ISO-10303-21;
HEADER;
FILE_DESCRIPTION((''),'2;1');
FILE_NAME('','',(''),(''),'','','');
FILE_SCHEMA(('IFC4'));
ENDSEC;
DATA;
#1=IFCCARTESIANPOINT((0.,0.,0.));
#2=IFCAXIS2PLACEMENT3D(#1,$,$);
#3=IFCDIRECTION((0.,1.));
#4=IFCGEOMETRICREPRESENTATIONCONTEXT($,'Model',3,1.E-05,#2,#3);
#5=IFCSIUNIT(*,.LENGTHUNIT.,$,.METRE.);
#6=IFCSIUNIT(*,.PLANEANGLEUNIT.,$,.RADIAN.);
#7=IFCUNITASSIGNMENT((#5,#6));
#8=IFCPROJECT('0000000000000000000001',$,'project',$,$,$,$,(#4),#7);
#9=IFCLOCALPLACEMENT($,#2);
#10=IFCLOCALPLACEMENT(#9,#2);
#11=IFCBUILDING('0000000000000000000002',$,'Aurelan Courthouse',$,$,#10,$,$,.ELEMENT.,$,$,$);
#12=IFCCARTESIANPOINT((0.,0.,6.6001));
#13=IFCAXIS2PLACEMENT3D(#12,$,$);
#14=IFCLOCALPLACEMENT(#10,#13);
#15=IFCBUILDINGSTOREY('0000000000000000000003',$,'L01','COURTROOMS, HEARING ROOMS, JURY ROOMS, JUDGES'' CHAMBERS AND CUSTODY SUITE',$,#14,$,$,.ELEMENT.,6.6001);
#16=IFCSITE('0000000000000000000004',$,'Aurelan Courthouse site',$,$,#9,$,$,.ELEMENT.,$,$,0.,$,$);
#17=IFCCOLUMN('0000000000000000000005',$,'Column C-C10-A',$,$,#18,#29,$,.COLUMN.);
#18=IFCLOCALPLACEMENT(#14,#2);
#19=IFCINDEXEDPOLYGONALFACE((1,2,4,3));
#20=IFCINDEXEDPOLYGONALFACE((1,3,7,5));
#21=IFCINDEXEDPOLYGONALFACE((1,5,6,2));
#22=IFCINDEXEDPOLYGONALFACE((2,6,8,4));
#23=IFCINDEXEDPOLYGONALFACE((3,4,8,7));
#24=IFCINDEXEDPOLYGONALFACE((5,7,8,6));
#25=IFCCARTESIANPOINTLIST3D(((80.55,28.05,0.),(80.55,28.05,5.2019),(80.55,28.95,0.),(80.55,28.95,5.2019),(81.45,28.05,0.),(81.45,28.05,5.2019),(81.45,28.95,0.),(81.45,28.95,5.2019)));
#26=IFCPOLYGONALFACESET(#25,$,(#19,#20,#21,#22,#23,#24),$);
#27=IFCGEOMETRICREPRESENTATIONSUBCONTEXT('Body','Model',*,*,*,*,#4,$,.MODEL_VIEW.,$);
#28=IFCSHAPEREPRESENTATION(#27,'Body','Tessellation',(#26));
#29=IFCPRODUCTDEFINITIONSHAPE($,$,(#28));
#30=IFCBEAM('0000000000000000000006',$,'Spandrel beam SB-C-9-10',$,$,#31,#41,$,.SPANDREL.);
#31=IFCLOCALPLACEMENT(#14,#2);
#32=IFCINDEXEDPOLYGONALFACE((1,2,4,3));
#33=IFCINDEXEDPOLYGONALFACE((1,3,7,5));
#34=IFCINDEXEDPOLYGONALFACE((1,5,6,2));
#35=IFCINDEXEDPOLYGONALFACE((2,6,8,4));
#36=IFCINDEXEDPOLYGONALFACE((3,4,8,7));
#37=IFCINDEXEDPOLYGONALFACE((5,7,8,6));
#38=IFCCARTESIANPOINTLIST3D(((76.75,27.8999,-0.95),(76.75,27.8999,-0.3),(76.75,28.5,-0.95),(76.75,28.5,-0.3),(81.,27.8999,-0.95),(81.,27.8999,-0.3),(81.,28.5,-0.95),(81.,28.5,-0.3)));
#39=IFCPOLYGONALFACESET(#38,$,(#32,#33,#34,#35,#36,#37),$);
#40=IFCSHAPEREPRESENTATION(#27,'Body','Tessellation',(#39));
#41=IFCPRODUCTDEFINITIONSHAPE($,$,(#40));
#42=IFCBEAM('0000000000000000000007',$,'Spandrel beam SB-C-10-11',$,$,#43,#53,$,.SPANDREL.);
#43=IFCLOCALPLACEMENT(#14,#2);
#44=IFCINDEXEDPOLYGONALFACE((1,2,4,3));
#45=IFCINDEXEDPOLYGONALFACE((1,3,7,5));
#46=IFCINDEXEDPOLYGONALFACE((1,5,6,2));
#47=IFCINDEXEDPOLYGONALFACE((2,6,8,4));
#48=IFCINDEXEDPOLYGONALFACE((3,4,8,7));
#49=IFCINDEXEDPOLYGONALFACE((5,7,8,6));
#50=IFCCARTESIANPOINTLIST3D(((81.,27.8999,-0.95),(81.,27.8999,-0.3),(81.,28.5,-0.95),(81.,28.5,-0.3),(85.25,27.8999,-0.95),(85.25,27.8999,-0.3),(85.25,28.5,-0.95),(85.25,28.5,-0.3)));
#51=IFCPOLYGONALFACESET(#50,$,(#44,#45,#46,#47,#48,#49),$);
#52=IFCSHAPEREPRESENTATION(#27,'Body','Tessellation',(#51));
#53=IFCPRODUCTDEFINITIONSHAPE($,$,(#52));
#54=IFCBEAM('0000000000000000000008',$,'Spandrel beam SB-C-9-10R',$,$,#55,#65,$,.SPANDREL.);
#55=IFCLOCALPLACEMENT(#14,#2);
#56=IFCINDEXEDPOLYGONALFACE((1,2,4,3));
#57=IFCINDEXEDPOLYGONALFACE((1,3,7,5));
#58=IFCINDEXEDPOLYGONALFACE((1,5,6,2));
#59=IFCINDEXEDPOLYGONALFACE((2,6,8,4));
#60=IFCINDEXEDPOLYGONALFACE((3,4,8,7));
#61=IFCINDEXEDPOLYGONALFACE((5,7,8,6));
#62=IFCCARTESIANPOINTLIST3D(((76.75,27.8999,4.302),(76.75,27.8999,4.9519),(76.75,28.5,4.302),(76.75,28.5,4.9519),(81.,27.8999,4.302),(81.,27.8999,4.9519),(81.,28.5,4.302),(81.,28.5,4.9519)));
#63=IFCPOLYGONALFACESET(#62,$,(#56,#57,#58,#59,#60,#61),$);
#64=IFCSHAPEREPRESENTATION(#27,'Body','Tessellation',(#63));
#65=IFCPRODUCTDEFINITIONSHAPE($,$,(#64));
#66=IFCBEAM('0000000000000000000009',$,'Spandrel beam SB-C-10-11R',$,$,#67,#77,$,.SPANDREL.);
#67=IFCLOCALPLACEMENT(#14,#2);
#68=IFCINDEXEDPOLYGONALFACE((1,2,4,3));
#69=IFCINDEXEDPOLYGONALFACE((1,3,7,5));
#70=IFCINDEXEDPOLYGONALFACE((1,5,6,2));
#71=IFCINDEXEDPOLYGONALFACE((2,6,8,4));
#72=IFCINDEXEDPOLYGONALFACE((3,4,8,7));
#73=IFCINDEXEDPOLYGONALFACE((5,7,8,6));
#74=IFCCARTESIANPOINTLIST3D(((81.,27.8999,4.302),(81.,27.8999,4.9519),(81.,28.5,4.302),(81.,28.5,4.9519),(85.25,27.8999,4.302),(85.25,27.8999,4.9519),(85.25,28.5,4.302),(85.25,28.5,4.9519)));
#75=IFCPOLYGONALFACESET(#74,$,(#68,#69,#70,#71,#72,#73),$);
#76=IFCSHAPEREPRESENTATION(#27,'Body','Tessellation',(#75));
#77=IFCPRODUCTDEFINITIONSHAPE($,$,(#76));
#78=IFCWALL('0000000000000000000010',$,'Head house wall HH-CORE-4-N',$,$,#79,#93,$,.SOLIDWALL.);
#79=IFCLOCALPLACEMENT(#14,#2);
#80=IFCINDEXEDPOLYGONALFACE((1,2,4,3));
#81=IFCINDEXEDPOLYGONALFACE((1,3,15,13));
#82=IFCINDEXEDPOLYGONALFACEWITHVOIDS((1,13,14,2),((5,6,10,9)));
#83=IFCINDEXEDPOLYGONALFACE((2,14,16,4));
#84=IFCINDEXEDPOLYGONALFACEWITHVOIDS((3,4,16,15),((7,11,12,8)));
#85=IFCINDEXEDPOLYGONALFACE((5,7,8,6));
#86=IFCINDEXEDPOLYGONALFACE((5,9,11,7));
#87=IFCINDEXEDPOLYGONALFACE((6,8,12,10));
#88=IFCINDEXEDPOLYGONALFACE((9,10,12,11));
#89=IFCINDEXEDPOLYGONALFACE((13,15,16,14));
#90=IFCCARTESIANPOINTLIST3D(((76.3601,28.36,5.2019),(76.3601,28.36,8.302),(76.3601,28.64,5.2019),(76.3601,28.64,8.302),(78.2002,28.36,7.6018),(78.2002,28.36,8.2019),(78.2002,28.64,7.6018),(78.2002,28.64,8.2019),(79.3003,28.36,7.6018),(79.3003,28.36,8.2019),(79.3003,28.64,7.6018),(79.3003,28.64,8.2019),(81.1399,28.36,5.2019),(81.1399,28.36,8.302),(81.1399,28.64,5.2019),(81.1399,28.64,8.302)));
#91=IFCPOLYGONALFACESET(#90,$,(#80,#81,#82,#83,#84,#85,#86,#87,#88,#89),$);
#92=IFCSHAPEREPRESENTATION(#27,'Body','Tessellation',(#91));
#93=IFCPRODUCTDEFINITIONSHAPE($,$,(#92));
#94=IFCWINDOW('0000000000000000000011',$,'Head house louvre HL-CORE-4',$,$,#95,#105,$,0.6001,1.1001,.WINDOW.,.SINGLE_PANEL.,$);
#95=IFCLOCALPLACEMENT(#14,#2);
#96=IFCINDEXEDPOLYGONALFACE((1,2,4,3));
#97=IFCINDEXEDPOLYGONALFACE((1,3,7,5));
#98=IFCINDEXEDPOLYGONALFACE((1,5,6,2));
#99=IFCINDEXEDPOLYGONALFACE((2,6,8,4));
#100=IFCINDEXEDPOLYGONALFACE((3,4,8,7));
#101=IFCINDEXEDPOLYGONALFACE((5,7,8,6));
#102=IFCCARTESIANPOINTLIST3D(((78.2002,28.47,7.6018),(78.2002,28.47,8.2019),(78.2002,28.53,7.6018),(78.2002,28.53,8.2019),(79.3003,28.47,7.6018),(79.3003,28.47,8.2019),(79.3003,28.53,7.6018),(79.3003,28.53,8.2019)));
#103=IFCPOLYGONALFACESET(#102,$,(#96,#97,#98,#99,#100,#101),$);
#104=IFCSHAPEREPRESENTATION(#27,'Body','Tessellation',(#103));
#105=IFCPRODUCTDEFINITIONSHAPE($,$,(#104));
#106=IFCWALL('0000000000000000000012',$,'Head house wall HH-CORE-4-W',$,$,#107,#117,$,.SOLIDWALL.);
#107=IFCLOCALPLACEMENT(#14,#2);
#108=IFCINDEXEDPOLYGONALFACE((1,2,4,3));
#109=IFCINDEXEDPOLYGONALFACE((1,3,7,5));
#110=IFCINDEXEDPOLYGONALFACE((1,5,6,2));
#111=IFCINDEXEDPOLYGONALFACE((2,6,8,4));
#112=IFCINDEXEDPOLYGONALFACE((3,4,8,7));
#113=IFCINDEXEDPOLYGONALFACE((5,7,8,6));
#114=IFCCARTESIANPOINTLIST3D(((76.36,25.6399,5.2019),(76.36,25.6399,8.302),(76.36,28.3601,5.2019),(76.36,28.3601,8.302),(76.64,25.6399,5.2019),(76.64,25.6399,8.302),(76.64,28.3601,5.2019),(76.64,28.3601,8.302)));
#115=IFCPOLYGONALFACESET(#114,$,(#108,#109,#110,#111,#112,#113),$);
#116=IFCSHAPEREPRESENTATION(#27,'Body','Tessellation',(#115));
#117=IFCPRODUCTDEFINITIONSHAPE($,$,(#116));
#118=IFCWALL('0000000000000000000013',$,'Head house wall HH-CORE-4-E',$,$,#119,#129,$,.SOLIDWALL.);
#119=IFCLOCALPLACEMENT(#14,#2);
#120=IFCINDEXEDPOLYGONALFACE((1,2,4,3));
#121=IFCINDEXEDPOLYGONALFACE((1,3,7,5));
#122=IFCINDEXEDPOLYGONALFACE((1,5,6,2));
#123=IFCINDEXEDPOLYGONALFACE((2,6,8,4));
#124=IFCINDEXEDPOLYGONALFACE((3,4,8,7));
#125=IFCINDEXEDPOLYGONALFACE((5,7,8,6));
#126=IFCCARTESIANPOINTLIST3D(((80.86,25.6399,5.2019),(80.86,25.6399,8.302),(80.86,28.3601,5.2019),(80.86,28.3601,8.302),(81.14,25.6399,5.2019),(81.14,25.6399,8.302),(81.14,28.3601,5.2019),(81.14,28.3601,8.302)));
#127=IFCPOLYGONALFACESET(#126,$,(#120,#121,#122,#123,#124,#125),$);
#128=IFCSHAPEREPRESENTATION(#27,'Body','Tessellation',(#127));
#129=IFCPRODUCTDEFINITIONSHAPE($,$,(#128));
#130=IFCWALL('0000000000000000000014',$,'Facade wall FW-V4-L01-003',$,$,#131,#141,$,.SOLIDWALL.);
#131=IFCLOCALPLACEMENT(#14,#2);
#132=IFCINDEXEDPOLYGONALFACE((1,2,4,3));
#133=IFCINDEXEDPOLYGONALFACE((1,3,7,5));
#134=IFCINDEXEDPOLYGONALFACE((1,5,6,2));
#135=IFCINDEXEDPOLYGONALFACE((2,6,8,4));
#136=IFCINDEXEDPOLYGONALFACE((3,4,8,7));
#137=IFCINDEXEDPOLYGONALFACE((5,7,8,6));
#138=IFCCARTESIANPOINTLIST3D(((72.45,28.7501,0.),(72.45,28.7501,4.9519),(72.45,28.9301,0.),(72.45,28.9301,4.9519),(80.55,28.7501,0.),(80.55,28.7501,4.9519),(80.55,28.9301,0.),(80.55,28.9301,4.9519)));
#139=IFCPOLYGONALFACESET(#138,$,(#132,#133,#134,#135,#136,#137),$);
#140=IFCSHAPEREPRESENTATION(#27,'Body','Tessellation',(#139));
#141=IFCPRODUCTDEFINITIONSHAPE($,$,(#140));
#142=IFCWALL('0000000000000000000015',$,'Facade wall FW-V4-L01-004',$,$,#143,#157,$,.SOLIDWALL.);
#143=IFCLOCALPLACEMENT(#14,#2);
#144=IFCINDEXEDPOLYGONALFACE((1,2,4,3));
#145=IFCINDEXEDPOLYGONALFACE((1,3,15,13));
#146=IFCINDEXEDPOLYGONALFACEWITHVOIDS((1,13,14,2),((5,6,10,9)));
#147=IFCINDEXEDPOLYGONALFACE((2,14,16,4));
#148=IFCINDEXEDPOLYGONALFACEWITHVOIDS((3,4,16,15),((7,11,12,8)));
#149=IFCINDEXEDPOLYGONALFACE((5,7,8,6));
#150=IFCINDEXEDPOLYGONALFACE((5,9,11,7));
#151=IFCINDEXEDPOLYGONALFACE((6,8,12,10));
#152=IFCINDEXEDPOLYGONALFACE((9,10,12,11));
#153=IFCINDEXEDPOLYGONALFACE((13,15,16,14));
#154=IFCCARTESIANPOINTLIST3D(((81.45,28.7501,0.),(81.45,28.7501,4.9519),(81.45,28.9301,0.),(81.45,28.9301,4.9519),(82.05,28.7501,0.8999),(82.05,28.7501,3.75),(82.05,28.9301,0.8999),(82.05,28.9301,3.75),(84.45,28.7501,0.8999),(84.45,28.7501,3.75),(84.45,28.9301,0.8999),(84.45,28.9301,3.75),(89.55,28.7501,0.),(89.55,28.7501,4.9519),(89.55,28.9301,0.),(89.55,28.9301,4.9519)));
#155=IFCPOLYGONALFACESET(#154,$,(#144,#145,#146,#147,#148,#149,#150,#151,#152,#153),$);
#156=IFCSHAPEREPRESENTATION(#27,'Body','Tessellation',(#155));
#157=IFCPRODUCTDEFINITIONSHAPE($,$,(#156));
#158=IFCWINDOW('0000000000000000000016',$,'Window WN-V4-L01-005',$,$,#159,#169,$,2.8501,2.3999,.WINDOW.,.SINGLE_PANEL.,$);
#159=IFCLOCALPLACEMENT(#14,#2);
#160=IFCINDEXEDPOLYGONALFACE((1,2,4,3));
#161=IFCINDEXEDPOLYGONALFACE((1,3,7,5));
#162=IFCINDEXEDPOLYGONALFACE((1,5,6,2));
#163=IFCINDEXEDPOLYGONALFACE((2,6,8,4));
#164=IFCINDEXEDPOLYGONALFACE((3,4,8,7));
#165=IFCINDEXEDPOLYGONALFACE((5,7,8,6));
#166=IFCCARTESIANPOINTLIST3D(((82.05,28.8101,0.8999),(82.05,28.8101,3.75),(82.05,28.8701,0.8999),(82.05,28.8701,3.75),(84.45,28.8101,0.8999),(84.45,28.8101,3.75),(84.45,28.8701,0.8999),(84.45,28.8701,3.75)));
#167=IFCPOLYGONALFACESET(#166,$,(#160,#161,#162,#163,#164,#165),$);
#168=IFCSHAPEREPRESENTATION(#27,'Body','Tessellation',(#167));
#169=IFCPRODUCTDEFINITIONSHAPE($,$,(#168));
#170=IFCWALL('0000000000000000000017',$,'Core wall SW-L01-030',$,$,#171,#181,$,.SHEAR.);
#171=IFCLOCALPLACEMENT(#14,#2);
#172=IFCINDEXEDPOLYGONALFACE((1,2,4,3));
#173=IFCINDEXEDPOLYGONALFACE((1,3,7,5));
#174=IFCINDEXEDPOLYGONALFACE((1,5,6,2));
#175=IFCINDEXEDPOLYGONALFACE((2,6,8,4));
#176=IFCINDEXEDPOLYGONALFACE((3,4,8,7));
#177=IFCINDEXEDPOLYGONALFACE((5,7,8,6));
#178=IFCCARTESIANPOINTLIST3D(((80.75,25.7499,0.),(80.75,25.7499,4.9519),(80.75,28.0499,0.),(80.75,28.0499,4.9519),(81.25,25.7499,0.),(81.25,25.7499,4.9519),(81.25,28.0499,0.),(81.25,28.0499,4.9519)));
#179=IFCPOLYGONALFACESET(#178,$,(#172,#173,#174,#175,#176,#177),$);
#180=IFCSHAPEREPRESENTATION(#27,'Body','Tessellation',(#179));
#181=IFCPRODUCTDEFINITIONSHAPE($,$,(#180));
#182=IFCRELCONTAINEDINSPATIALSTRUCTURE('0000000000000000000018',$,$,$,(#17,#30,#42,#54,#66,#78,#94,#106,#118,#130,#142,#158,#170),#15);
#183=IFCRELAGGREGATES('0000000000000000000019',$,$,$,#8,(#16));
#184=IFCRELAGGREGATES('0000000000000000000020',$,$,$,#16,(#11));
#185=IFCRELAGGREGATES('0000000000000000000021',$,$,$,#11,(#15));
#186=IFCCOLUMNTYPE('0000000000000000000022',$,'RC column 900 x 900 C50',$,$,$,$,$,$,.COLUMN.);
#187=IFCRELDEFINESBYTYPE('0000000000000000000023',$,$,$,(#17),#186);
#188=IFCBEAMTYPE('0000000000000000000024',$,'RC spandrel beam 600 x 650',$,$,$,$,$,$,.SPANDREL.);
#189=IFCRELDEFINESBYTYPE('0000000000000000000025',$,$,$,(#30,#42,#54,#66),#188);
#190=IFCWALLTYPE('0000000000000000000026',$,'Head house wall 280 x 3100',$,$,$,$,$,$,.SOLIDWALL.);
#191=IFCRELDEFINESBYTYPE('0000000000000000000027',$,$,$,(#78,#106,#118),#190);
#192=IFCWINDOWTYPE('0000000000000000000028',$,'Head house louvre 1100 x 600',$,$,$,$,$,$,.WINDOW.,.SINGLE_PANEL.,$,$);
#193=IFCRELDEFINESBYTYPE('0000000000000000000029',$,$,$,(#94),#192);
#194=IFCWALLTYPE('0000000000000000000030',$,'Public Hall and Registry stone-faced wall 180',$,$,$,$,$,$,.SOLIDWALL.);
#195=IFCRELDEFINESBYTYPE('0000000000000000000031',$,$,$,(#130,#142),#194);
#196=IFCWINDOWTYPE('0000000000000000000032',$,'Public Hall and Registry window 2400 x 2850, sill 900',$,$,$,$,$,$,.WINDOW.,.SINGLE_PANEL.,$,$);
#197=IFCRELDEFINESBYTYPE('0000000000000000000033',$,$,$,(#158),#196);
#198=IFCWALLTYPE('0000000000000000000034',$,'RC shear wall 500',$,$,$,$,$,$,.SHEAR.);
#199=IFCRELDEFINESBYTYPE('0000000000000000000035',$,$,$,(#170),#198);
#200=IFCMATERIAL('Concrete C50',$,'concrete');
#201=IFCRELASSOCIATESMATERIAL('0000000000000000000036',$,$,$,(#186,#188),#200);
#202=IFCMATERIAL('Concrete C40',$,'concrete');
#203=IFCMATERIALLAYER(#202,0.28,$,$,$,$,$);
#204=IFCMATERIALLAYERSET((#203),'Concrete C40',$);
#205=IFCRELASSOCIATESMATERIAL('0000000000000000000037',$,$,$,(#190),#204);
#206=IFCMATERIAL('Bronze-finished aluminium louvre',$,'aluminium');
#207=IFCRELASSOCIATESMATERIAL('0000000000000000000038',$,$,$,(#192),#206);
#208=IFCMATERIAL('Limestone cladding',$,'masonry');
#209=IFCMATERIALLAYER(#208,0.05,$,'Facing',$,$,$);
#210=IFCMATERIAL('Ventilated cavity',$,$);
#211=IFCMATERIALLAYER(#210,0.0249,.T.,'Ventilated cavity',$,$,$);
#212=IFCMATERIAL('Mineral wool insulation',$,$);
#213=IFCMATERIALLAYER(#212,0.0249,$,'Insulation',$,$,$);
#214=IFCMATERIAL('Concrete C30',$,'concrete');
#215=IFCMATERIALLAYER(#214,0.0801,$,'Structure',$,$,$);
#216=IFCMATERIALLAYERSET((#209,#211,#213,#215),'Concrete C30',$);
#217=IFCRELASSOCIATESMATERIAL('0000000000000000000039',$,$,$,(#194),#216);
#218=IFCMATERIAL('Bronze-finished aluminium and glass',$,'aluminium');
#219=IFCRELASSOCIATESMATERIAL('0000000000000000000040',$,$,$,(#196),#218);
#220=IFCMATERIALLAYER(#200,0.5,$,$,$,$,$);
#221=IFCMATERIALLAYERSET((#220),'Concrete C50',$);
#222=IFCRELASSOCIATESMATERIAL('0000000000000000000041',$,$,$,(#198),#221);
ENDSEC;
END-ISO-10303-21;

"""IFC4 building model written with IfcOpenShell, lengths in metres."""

from ifc_helpers import new_model, si_unit, direction, frame, frame_2d, origin, origin_2d, place, context, subcontext, project, spatial, rectangle, extrude, material, layer, layer_set, material_profile, profile_set, type_object, element, fill, save


model = new_model("IFC4")

# Units and contexts
model_context = context("Model", 3, precision=1e-05, world=origin(), true_north=direction((0.0, 1.0)))
body_context = subcontext(model_context, "Body", "Model", "MODEL_VIEW")
ifc_project = project(units=[si_unit("LENGTHUNIT", "METRE"), si_unit("PLANEANGLEUNIT", "RADIAN")], contexts=[model_context])

# Site, building, storey
site_placement = place(None, origin())
site = spatial("IfcSite", under=ifc_project, at=site_placement, Name="Aurelan Courthouse site", CompositionType="ELEMENT", RefElevation=0.0)
building_placement = place(site_placement, origin())
building = spatial("IfcBuilding", under=site, at=building_placement, Name="Aurelan Courthouse", CompositionType="ELEMENT")
storey_placement = place(building_placement, frame((0.0, 0.0, 6.6001)))
storey = spatial("IfcBuildingStorey", under=building, at=storey_placement, Name="L01", Description="COURTROOMS, HEARING ROOMS, JURY ROOMS, JUDGES' CHAMBERS AND CUSTODY SUITE", CompositionType="ELEMENT", Elevation=6.6001)

# Column
ifc_material_1 = material(Name="Concrete C50", Category="concrete")
ifc_material_profile_1 = material_profile(ifc_material_1, rectangle(XDim=0.8999, YDim=0.8999, at=origin_2d()), Name="RC 900 x 900")
ifc_profile_set_1 = profile_set([ifc_material_profile_1], Name="Concrete C50")
column_type = type_object("IfcColumnType", Name="RC column 900 x 900 C50", PredefinedType="COLUMN", material=ifc_profile_set_1)
column_placement = place(storey_placement, frame((81.0, 28.5, 0.0), z_axis=(0.0, 0.0, 1.0), x_axis=(1.0, 0.0, 0.0)))
element("IfcColumn", 1, at=column_placement, inside=storey, type_object=column_type, Name="Column C-C10-A", PredefinedType="COLUMN", context=body_context, shape_type="SweptSolid", body=[
    extrude(rectangle(XDim=0.8999, YDim=0.8999, at=origin_2d()), origin(), (0.0, 0.0, 1.0), 5.2019),
])

# Beams
ifc_material_profile_2 = material_profile(ifc_material_1, rectangle(XDim=0.6001, YDim=0.6499, at=origin_2d()), Name="RC 600 x 650")
ifc_profile_set_2 = profile_set([ifc_material_profile_2], Name="Concrete C50")
beam_type = type_object("IfcBeamType", Name="RC spandrel beam 600 x 650", PredefinedType="SPANDREL", material=ifc_profile_set_2)
for number, where, z_axis, x_axis, name in (
    (2, (76.75, 28.2, -0.625), (1.0, 0.0, 0.0), (0.0, 1.0, 0.0), "Spandrel beam SB-C-9-10"),
    (3, (81.0, 28.2, -0.625), (1.0, 0.0, 0.0), (0.0, 1.0, 0.0), "Spandrel beam SB-C-10-11"),
    (4, (76.75, 28.2, 4.627), (1.0, 0.0, 0.0), (0.0, 1.0, 0.0), "Spandrel beam SB-C-9-10R"),
    (5, (81.0, 28.2, 4.627), (1.0, 0.0, 0.0), (0.0, 1.0, 0.0), "Spandrel beam SB-C-10-11R"),
):
    element("IfcBeam", number, at=place(storey_placement, frame(where, z_axis=z_axis, x_axis=x_axis)), inside=storey, type_object=beam_type, Name=name, PredefinedType="SPANDREL", context=body_context, shape_type="SweptSolid", body=[
        extrude(rectangle(XDim=0.6001, YDim=0.6499, at=origin_2d()), origin(), (0.0, 0.0, 1.0), 4.25),
    ])

# Wall, opening, window
ifc_material_2 = material(Name="Concrete C40", Category="concrete")
ifc_layer_1 = layer(ifc_material_2, 0.28)
ifc_layer_set_1 = layer_set([ifc_layer_1], Name="Concrete C40")
wall_type_1 = type_object("IfcWallType", Name="Head house wall 280 x 3100", PredefinedType="SOLIDWALL", material=ifc_layer_set_1)
wall_1_placement = place(storey_placement, frame((76.3601, 28.5, 5.2019), z_axis=(0.0, 0.0, 1.0), x_axis=(1.0, 0.0, 0.0)))
wall_1 = element("IfcWall", 6, at=wall_1_placement, inside=storey, type_object=wall_type_1, Name="Head house wall HH-CORE-4-N", PredefinedType="SOLIDWALL", context=body_context, shape_type="SweptSolid", body=[
    extrude(rectangle(XDim=4.7798, YDim=0.28, at=frame_2d((2.3899, 0.0))), origin(), (0.0, 0.0, 1.0), 3.1001),
])
opening_1_placement = place(wall_1_placement, frame((1.8401, 0.0, 2.3999)))
opening_1 = element("IfcOpeningElement", 7, at=opening_1_placement, cuts=wall_1, PredefinedType="OPENING", context=body_context, shape_type="SweptSolid", body=[
    extrude(rectangle(XDim=1.1001, YDim=0.6001, at=frame_2d((0.55, 0.3))), frame((0.0, 0.1499, 0.0), z_axis=(0.0, -1.0, 0.0), x_axis=(1.0, 0.0, 0.0)), (0.0, 0.0, 1.0), 0.3),
])
ifc_material_3 = material(Name="Bronze-finished aluminium louvre", Category="aluminium")
window_type_1 = type_object("IfcWindowType", Name="Head house louvre 1100 x 600", PartitioningType="SINGLE_PANEL", PredefinedType="WINDOW", material=ifc_material_3)
window_1_placement = place(opening_1_placement, origin())
window_1 = element("IfcWindow", 8, at=window_1_placement, inside=storey, type_object=window_type_1, Name="Head house louvre HL-CORE-4", OverallHeight=0.6001, OverallWidth=1.1001, PartitioningType="SINGLE_PANEL", PredefinedType="WINDOW", context=body_context, shape_type="SweptSolid", body=[
    extrude(rectangle(XDim=1.1001, YDim=0.6001, at=frame_2d((0.55, 0.3))), frame((0.0, 0.03, 0.0), z_axis=(0.0, -1.0, 0.0), x_axis=(1.0, 0.0, 0.0)), (0.0, 0.0, 1.0), 0.0601),
])
fill(opening_1, window_1)

# Walls
for number, where, z_axis, x_axis, name in (
    (9, (76.5, 25.6399, 5.2019), (0.0, 0.0, 1.0), (0.0, 1.0, 0.0), "Head house wall HH-CORE-4-W"),
    (10, (81.0, 25.6399, 5.2019), (0.0, 0.0, 1.0), (0.0, 1.0, 0.0), "Head house wall HH-CORE-4-E"),
):
    element("IfcWall", number, at=place(storey_placement, frame(where, z_axis=z_axis, x_axis=x_axis)), inside=storey, type_object=wall_type_1, Name=name, PredefinedType="SOLIDWALL", context=body_context, shape_type="SweptSolid", body=[
        extrude(rectangle(XDim=2.7202, YDim=0.28, at=frame_2d((1.3601, 0.0))), origin(), (0.0, 0.0, 1.0), 3.1001),
    ])
ifc_material_4 = material(Name="Limestone cladding", Category="masonry")
ifc_layer_2 = layer(ifc_material_4, 0.05, Name="Facing")
ifc_material_5 = material(Name="Ventilated cavity")
ifc_layer_3 = layer(ifc_material_5, 0.0249, ventilated=True, Name="Ventilated cavity")
ifc_material_6 = material(Name="Mineral wool insulation")
ifc_layer_4 = layer(ifc_material_6, 0.0249, Name="Insulation")
ifc_material_7 = material(Name="Concrete C30", Category="concrete")
ifc_layer_5 = layer(ifc_material_7, 0.0801, Name="Structure")
ifc_layer_set_2 = layer_set([ifc_layer_2, ifc_layer_3, ifc_layer_4, ifc_layer_5], Name="Concrete C30")
wall_type_2 = type_object("IfcWallType", Name="Public Hall and Registry stone-faced wall 180", PredefinedType="SOLIDWALL", material=ifc_layer_set_2)
wall_2_placement = place(storey_placement, frame((72.45, 28.8401, 0.0), z_axis=(0.0, 0.0, 1.0), x_axis=(1.0, 0.0, 0.0)))
element("IfcWall", 11, at=wall_2_placement, inside=storey, type_object=wall_type_2, Name="Facade wall FW-V4-L01-003", PredefinedType="SOLIDWALL", context=body_context, shape_type="SweptSolid", body=[
    extrude(rectangle(XDim=8.1001, YDim=0.1799, at=frame_2d((4.05, 0.0))), origin(), (0.0, 0.0, 1.0), 4.9519),
])

# Wall, opening, window
wall_3_placement = place(storey_placement, frame((81.45, 28.8401, 0.0), z_axis=(0.0, 0.0, 1.0), x_axis=(1.0, 0.0, 0.0)))
wall_3 = element("IfcWall", 12, at=wall_3_placement, inside=storey, type_object=wall_type_2, Name="Facade wall FW-V4-L01-004", PredefinedType="SOLIDWALL", context=body_context, shape_type="SweptSolid", body=[
    extrude(rectangle(XDim=8.1001, YDim=0.1799, at=frame_2d((4.05, 0.0))), origin(), (0.0, 0.0, 1.0), 4.9519),
])
opening_2_placement = place(wall_3_placement, frame((0.6001, 0.0, 0.8999)))
opening_2 = element("IfcOpeningElement", 13, at=opening_2_placement, cuts=wall_3, PredefinedType="OPENING", context=body_context, shape_type="SweptSolid", body=[
    extrude(rectangle(XDim=2.3999, YDim=2.8501, at=frame_2d((1.2, 1.425))), frame((0.0, 0.0999, 0.0), z_axis=(0.0, -1.0, 0.0), x_axis=(1.0, 0.0, 0.0)), (0.0, 0.0, 1.0), 0.2),
])
ifc_material_8 = material(Name="Bronze-finished aluminium and glass", Category="aluminium")
window_type_2 = type_object("IfcWindowType", Name="Public Hall and Registry window 2400 x 2850, sill 900", PartitioningType="SINGLE_PANEL", PredefinedType="WINDOW", material=ifc_material_8)
window_2_placement = place(opening_2_placement, origin())
window_2 = element("IfcWindow", 14, at=window_2_placement, inside=storey, type_object=window_type_2, Name="Window WN-V4-L01-005", OverallHeight=2.8501, OverallWidth=2.3999, PartitioningType="SINGLE_PANEL", PredefinedType="WINDOW", context=body_context, shape_type="SweptSolid", body=[
    extrude(rectangle(XDim=2.3999, YDim=2.8501, at=frame_2d((1.2, 1.425))), frame((0.0, 0.03, 0.0), z_axis=(0.0, -1.0, 0.0), x_axis=(1.0, 0.0, 0.0)), (0.0, 0.0, 1.0), 0.0601),
])
fill(opening_2, window_2)

# Wall
ifc_layer_6 = layer(ifc_material_1, 0.5)
ifc_layer_set_3 = layer_set([ifc_layer_6], Name="Concrete C50")
wall_type_3 = type_object("IfcWallType", Name="RC shear wall 500", PredefinedType="SHEAR", material=ifc_layer_set_3)
wall_4_placement = place(storey_placement, frame((81.0, 25.75, 0.0), z_axis=(0.0, 0.0, 1.0), x_axis=(0.0, 1.0, 0.0)))
element("IfcWall", 15, at=wall_4_placement, inside=storey, type_object=wall_type_3, Name="Core wall SW-L01-030", PredefinedType="SHEAR", context=body_context, shape_type="SweptSolid", body=[
    extrude(rectangle(XDim=2.3, YDim=0.5, at=frame_2d((1.1499, 0.0))), origin(), (0.0, 0.0, 1.0), 4.9519),
])

save(model, "model.ifc")
